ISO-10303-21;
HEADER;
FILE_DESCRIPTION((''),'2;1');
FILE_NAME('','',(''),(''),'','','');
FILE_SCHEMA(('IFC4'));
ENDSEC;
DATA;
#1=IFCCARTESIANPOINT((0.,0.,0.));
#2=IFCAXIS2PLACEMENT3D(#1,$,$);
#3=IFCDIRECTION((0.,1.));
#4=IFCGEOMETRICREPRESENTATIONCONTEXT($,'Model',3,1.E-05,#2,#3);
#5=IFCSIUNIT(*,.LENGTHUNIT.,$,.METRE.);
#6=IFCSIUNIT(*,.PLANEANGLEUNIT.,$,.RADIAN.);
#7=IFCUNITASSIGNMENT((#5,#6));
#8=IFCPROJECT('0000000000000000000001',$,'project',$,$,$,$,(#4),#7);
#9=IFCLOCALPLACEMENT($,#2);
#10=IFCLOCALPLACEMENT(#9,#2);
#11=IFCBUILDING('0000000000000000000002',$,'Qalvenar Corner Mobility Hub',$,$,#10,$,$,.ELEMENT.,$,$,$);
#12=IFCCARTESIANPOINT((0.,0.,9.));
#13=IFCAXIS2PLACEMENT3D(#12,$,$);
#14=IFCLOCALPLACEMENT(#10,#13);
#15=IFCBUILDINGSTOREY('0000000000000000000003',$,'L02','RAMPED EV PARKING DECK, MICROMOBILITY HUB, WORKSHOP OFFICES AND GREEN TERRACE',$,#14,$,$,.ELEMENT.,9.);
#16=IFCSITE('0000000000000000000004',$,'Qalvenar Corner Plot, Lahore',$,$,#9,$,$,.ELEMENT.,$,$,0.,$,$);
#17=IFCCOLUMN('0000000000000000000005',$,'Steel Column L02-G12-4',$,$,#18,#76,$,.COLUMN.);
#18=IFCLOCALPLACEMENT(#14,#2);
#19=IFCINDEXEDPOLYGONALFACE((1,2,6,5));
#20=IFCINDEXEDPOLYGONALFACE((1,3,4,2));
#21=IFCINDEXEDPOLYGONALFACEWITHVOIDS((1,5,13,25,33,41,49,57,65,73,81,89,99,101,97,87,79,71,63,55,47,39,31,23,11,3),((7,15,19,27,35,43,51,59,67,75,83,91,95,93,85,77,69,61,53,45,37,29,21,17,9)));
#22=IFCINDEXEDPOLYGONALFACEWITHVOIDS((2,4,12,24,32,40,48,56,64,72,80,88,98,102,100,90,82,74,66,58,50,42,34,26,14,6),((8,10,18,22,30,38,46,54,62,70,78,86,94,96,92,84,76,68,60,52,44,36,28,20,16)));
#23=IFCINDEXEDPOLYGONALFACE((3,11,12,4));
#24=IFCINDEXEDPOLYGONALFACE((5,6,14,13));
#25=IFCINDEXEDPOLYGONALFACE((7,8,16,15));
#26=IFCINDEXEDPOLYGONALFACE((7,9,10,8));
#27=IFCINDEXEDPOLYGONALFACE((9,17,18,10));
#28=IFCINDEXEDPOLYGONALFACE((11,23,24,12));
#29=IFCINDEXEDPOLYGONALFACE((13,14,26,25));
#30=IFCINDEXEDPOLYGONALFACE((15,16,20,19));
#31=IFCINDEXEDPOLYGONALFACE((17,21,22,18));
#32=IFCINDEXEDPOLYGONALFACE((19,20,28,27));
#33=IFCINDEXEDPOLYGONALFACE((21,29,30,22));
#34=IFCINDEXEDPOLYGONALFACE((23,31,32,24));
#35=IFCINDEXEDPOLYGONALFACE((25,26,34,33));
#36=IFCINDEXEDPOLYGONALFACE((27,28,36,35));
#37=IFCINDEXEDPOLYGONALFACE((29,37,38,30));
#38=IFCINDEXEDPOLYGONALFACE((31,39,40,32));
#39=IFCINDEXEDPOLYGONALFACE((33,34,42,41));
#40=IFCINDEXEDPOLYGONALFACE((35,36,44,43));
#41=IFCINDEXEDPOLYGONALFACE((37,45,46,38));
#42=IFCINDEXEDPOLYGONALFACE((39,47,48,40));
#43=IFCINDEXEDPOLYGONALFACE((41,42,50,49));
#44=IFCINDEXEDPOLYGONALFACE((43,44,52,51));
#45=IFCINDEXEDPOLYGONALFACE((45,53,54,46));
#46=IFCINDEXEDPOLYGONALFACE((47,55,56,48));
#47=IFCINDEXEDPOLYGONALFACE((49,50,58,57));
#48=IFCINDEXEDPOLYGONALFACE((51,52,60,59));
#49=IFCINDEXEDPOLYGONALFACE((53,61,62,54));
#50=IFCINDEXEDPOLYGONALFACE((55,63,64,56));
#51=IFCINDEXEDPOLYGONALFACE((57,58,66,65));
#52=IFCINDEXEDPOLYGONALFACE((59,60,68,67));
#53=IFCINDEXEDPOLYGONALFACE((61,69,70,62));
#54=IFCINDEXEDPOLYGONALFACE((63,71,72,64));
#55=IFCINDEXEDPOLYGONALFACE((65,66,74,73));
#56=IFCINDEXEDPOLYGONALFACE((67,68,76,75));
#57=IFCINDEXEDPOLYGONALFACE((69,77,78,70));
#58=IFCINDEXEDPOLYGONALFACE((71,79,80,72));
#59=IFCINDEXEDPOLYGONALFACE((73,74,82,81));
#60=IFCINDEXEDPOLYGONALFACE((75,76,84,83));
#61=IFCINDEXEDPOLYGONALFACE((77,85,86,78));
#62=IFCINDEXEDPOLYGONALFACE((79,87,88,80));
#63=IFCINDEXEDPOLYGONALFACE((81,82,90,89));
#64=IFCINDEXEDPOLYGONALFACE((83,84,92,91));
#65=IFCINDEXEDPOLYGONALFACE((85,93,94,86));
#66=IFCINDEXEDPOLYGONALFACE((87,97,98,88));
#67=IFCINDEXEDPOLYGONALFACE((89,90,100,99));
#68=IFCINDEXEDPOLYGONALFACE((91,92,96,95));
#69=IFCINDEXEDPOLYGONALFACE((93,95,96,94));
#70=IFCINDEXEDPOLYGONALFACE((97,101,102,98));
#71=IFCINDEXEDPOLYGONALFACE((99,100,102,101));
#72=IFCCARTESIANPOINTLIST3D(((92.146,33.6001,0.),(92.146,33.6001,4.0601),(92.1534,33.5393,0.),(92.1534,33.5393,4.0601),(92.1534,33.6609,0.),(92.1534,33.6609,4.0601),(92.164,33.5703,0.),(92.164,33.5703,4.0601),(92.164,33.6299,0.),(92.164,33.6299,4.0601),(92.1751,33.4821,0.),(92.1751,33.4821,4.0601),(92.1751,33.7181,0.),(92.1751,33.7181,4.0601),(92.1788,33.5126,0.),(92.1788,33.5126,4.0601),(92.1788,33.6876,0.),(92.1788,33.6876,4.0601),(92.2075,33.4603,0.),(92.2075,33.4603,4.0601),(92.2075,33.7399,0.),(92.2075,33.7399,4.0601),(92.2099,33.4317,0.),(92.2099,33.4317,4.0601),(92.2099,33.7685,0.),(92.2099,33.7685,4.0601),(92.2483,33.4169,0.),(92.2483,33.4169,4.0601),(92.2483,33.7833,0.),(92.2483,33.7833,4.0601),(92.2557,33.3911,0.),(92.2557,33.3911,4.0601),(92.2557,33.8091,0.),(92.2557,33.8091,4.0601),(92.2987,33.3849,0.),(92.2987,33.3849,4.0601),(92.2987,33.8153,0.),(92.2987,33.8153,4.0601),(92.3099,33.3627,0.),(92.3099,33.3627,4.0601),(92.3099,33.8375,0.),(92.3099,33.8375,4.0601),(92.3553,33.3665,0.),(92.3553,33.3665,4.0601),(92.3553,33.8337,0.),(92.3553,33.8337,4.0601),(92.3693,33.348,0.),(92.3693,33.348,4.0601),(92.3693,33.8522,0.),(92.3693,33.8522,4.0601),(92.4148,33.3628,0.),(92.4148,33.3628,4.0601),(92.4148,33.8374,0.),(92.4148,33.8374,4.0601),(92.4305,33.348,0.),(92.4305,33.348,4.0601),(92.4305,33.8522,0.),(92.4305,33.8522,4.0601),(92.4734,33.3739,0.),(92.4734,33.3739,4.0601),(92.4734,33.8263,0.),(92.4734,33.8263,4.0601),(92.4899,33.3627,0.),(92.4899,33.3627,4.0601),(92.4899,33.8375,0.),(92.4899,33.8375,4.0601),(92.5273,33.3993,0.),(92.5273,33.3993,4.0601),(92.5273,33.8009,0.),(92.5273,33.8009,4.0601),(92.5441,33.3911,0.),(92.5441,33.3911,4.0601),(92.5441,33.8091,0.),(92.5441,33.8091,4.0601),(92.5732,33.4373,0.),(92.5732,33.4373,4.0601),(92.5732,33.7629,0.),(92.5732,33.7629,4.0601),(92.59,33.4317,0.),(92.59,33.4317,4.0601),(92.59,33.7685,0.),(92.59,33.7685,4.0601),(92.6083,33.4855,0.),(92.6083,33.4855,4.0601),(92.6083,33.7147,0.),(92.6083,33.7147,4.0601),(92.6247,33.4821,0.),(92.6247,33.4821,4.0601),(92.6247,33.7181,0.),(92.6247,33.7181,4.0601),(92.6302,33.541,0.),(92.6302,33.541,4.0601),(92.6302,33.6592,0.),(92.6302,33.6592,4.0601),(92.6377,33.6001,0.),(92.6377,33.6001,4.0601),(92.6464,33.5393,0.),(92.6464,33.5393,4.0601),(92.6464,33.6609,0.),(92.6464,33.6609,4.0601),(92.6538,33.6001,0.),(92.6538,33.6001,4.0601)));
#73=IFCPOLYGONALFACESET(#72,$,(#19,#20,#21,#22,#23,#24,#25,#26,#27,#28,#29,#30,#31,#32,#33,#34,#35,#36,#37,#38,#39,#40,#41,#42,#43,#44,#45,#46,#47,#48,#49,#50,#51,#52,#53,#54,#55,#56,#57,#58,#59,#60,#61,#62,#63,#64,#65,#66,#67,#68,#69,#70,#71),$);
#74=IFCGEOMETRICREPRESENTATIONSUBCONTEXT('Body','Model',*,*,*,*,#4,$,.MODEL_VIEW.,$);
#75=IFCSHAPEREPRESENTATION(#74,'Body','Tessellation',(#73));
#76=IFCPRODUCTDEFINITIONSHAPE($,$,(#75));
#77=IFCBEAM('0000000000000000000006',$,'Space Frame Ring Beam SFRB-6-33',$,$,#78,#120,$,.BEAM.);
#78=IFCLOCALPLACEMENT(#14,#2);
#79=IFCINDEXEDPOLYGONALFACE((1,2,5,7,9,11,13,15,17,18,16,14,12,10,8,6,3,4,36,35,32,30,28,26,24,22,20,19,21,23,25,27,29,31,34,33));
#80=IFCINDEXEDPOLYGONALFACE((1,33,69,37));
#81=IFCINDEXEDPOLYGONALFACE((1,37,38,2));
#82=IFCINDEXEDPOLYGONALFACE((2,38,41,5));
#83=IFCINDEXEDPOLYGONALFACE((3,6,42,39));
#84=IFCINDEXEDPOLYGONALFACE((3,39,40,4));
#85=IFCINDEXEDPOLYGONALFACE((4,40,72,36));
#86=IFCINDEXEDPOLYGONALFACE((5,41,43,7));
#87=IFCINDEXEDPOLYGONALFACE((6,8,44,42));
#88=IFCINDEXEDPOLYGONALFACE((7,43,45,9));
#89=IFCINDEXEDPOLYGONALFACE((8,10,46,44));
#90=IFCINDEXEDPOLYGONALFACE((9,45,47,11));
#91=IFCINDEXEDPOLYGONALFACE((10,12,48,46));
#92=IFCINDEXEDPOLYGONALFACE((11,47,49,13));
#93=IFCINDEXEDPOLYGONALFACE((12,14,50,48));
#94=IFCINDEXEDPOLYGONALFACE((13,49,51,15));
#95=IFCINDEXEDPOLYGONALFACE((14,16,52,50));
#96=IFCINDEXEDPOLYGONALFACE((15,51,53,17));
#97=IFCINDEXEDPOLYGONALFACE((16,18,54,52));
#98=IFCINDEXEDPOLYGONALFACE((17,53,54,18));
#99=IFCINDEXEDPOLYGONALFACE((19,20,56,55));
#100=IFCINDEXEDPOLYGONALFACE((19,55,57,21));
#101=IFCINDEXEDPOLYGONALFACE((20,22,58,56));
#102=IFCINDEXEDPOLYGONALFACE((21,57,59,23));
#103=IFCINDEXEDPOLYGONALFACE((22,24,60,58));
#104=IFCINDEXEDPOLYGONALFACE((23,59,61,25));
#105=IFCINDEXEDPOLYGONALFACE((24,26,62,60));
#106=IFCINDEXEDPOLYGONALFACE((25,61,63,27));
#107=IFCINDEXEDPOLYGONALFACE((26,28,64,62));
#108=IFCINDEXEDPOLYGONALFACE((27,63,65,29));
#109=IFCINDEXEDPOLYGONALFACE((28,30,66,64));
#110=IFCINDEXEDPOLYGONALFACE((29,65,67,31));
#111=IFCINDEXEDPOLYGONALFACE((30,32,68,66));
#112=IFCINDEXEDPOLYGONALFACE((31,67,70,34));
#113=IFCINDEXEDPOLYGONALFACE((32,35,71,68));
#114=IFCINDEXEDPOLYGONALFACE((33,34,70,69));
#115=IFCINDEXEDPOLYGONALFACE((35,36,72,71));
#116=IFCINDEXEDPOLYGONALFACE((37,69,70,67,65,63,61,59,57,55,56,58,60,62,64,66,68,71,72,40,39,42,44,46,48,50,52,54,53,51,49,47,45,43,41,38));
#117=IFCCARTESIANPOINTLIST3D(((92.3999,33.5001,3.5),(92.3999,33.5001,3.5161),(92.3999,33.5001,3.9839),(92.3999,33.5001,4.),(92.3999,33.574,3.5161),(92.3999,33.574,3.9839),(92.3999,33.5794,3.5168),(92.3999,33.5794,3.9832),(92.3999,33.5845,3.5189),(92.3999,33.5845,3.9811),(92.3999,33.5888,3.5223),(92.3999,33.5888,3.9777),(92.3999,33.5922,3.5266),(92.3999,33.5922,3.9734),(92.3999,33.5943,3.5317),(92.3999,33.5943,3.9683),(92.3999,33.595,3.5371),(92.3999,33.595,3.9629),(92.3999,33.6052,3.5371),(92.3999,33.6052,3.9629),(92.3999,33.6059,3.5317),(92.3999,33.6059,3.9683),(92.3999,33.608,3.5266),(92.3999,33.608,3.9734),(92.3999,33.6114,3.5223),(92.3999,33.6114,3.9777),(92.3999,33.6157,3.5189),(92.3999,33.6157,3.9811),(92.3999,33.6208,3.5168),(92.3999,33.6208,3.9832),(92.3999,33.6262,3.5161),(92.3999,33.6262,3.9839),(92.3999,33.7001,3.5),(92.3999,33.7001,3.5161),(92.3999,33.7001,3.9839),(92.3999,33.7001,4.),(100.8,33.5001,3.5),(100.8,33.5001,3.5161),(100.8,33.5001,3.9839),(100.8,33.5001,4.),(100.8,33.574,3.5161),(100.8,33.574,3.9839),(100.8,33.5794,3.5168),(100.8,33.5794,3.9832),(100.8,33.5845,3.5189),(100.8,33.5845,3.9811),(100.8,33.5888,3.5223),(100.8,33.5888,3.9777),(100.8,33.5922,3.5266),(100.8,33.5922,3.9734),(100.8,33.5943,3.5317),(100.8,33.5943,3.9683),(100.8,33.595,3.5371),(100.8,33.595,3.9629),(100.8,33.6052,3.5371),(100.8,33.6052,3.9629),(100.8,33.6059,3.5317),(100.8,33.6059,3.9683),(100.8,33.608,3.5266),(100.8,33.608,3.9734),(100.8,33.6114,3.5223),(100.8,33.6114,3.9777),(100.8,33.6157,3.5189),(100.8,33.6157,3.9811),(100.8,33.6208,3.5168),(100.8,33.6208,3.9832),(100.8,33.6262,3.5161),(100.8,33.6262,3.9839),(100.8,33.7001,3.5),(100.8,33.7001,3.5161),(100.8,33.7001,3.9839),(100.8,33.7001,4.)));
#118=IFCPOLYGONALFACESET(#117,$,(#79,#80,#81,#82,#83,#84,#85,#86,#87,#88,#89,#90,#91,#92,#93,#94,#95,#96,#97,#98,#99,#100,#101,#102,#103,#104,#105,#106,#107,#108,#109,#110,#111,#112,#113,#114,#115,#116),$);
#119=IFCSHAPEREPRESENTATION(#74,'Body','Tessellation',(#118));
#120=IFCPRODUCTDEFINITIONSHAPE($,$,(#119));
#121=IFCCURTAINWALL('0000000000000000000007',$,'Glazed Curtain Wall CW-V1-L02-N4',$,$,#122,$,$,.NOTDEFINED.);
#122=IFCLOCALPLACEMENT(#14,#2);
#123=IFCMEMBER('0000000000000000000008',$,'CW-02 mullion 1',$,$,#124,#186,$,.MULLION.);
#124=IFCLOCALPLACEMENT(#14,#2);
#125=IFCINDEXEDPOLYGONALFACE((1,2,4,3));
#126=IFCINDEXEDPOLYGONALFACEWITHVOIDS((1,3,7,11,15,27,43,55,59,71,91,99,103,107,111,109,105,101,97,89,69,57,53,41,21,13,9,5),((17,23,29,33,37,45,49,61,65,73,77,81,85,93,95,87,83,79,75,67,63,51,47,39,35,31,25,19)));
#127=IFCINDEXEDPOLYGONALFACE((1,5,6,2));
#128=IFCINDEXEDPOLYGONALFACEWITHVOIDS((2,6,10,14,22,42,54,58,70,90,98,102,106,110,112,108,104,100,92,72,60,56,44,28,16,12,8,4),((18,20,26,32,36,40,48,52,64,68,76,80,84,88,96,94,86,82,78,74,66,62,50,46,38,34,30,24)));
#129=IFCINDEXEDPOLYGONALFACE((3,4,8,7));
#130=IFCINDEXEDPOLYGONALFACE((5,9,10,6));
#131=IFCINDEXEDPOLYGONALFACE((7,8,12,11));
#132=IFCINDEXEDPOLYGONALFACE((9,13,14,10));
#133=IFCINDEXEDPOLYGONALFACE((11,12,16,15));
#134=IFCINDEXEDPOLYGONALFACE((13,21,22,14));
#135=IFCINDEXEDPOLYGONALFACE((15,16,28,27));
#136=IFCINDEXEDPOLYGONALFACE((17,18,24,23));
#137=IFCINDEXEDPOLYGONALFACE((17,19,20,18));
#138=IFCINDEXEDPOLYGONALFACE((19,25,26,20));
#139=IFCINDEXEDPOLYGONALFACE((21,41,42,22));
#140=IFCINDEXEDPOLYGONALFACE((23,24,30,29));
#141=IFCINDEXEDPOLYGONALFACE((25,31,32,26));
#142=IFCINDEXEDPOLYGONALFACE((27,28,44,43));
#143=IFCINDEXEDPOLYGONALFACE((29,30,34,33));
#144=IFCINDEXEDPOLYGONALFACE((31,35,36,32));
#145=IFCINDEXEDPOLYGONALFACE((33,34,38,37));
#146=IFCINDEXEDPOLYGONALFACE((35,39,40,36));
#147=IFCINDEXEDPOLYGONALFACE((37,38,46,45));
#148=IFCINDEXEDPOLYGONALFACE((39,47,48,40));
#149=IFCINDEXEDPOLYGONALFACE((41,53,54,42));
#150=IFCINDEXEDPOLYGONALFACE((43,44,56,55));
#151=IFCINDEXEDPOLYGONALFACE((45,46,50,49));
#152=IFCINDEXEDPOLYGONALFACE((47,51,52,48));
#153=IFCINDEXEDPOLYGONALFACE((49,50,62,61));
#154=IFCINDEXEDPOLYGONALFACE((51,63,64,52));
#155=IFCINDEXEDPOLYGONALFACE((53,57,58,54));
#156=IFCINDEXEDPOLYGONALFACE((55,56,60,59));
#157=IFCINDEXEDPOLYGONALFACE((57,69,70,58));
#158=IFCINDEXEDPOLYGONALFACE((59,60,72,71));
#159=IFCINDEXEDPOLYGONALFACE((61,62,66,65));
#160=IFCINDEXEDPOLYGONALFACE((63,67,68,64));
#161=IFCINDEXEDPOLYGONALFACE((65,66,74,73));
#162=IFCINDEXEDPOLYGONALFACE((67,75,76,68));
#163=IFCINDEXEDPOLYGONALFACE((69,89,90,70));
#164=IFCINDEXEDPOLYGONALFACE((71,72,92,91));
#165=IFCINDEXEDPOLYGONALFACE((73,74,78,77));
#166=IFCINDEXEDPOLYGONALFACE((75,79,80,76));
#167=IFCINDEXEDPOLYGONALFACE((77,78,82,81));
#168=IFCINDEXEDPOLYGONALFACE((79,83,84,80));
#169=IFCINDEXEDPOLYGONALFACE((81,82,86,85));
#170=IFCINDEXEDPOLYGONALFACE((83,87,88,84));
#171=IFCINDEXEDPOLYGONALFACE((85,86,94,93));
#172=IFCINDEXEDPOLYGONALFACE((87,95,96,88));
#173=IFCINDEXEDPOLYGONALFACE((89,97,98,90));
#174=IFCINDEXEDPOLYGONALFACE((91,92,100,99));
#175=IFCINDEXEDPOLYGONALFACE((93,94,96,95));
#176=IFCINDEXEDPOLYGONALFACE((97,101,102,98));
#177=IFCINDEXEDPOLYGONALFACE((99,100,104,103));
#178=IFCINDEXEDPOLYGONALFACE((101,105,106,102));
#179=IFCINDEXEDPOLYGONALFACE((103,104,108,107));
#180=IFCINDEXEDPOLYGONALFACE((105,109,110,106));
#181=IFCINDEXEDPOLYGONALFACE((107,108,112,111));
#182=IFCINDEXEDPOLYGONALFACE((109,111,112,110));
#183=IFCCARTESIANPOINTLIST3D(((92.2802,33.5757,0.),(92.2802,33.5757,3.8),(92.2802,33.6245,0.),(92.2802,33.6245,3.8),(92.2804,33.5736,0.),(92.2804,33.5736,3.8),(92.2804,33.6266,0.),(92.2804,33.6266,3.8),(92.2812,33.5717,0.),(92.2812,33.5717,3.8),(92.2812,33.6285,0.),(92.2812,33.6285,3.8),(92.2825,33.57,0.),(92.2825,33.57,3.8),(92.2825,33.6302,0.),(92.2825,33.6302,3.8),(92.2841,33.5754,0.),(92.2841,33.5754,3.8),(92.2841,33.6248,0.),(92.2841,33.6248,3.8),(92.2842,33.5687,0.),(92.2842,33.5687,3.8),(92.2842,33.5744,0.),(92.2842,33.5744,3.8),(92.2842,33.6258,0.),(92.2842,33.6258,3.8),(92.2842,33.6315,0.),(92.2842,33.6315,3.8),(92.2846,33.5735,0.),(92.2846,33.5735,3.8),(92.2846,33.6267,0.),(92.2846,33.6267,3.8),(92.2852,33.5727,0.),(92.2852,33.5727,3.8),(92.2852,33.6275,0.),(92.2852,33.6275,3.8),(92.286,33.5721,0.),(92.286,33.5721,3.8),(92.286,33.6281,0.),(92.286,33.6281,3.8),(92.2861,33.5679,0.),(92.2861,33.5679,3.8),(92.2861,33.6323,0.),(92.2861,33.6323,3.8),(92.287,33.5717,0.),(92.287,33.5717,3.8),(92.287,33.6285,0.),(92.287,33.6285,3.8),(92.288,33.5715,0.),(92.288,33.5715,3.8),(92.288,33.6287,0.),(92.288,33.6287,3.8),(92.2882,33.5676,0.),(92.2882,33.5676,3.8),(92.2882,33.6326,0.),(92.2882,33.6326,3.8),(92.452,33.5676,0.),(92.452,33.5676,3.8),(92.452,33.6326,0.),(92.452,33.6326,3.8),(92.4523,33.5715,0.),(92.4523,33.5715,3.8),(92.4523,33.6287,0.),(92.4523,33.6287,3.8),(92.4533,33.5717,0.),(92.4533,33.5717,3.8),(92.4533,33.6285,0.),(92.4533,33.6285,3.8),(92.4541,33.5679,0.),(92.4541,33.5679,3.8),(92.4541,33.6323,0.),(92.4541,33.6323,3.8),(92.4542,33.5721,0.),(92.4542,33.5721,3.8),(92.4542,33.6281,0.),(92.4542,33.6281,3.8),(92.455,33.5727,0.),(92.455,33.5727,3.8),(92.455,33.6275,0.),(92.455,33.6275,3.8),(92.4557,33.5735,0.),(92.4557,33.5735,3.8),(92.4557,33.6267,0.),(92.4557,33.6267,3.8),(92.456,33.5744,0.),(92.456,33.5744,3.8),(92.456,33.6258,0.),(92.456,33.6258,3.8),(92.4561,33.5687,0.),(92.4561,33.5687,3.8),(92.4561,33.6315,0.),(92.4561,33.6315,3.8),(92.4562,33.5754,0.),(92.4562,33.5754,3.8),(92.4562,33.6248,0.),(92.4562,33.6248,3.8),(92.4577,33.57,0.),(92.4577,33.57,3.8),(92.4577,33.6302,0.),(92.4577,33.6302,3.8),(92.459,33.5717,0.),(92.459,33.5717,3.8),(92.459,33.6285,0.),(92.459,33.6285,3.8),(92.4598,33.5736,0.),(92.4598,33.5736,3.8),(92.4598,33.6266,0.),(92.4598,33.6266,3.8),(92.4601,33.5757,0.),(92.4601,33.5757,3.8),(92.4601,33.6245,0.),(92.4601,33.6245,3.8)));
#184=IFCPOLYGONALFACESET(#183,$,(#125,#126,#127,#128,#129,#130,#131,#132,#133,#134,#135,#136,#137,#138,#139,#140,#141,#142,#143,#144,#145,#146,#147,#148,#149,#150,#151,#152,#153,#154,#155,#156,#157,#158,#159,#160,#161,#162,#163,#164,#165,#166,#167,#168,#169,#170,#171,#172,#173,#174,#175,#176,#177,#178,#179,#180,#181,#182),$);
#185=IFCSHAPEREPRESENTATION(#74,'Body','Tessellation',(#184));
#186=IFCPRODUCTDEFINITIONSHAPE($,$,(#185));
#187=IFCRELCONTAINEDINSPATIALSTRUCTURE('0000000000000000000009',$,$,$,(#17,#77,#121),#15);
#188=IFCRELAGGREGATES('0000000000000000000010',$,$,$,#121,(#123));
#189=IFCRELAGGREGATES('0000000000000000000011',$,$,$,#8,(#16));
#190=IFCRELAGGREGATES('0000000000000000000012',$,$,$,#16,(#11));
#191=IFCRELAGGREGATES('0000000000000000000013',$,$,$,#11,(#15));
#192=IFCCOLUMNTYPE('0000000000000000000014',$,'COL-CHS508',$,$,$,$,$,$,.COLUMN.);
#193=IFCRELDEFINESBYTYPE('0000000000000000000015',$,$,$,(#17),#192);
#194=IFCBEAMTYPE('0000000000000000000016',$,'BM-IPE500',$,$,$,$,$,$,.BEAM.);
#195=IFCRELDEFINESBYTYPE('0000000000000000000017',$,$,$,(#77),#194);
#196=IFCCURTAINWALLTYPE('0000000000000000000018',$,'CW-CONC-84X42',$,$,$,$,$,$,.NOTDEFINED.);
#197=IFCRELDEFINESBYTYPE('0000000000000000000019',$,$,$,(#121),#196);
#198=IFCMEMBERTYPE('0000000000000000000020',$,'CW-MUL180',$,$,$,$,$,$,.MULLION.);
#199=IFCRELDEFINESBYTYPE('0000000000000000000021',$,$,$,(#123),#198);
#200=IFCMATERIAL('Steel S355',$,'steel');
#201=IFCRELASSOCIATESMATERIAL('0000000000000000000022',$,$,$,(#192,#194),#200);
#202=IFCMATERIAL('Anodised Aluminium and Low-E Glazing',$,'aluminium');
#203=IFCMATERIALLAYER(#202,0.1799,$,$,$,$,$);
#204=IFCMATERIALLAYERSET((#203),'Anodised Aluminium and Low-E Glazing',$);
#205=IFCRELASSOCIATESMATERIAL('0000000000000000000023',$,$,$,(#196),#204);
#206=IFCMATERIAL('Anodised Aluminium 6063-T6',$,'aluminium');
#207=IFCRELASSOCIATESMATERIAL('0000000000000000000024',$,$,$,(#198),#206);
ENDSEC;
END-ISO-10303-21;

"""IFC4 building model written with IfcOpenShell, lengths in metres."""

from ifc_helpers import new_model, si_unit, direction, frame, origin, origin_2d, place, context, subcontext, project, spatial, hollow_rectangle, hollow_circle, i_section, extrude, material, layer, layer_set, material_profile, profile_set, type_object, element, aggregate, save


model = new_model("IFC4")

# Units and contexts
model_context = context("Model", 3, precision=1e-05, world=origin(), true_north=direction((0.0, 1.0)))
body_context = subcontext(model_context, "Body", "Model", "MODEL_VIEW")
ifc_project = project(units=[si_unit("LENGTHUNIT", "METRE"), si_unit("PLANEANGLEUNIT", "RADIAN")], contexts=[model_context])

# Site, building, storey
site_placement = place(None, origin())
site = spatial("IfcSite", under=ifc_project, at=site_placement, Name="Qalvenar Corner Plot, Lahore", CompositionType="ELEMENT", RefElevation=0.0)
building_placement = place(site_placement, origin())
building = spatial("IfcBuilding", under=site, at=building_placement, Name="Qalvenar Corner Mobility Hub", CompositionType="ELEMENT")
storey_placement = place(building_placement, frame((0.0, 0.0, 9.0)))
storey = spatial("IfcBuildingStorey", under=building, at=storey_placement, Name="L02", Description="RAMPED EV PARKING DECK, MICROMOBILITY HUB, WORKSHOP OFFICES AND GREEN TERRACE", CompositionType="ELEMENT", Elevation=9.0)

# Column
ifc_material_1 = material(Name="Steel S355", Category="steel")
ifc_material_profile_1 = material_profile(ifc_material_1, hollow_circle(Radius=0.2539, WallThickness=0.0161, at=origin_2d()), Name="CHS508x16")
ifc_profile_set_1 = profile_set([ifc_material_profile_1], Name="Steel S355")
column_type = type_object("IfcColumnType", Name="COL-CHS508", PredefinedType="COLUMN", material=ifc_profile_set_1)
column_placement = place(storey_placement, frame((92.3999, 33.6001, 0.0), z_axis=(0.0, 0.0, 1.0), x_axis=(1.0, 0.0, 0.0)))
element("IfcColumn", 1, at=column_placement, inside=storey, type_object=column_type, Name="Steel Column L02-G12-4", PredefinedType="COLUMN", context=body_context, shape_type="SweptSolid", body=[
    extrude(hollow_circle(Radius=0.2539, WallThickness=0.0161, at=origin_2d()), origin(), (0.0, 0.0, 1.0), 4.0601),
])

# Beam
ifc_material_profile_2 = material_profile(ifc_material_1, i_section(OverallWidth=0.2, OverallDepth=0.5, WebThickness=0.0103, FlangeThickness=0.0161, FilletRadius=0.021, at=origin_2d()), Name="IPE500")
ifc_profile_set_2 = profile_set([ifc_material_profile_2], Name="Steel S355")
beam_type = type_object("IfcBeamType", Name="BM-IPE500", PredefinedType="BEAM", material=ifc_profile_set_2)
beam_placement = place(storey_placement, frame((92.3999, 33.6001, 3.75), z_axis=(1.0, 0.0, 0.0), x_axis=(0.0, 1.0, 0.0)))
element("IfcBeam", 2, at=beam_placement, inside=storey, type_object=beam_type, Name="Space Frame Ring Beam SFRB-6-33", PredefinedType="BEAM", context=body_context, shape_type="SweptSolid", body=[
    extrude(i_section(OverallWidth=0.2, OverallDepth=0.5, WebThickness=0.0103, FlangeThickness=0.0161, FilletRadius=0.021, at=origin_2d()), origin(), (0.0, 0.0, 1.0), 8.4001),
])

# Curtain wall, member
ifc_material_2 = material(Name="Anodised Aluminium and Low-E Glazing", Category="aluminium")
ifc_layer_1 = layer(ifc_material_2, 0.1799)
ifc_layer_set_1 = layer_set([ifc_layer_1], Name="Anodised Aluminium and Low-E Glazing")
curtain_wall_type = type_object("IfcCurtainWallType", Name="CW-CONC-84X42", PredefinedType="NOTDEFINED", material=ifc_layer_set_1)
curtain_wall_placement = place(storey_placement, origin())
curtain_wall = element("IfcCurtainWall", 3, at=curtain_wall_placement, inside=storey, type_object=curtain_wall_type, Name="Glazed Curtain Wall CW-V1-L02-N4", PredefinedType="NOTDEFINED")
ifc_material_3 = material(Name="Anodised Aluminium 6063-T6", Category="aluminium")
ifc_material_profile_3 = material_profile(ifc_material_3, hollow_rectangle(XDim=0.0649, YDim=0.1799, WallThickness=0.0039, InnerFilletRadius=0.0039, OuterFilletRadius=0.0081, at=origin_2d()), Name="RHS180x65x4")
ifc_profile_set_3 = profile_set([ifc_material_profile_3], Name="Anodised Aluminium 6063-T6")
member_type_1 = type_object("IfcMemberType", Name="CW-MUL180", PredefinedType="MULLION", material=ifc_profile_set_3)
member_1_placement = place(storey_placement, frame((92.3701, 33.6001, 0.0), z_axis=(0.0, 0.0, 1.0), x_axis=(0.0, -1.0, 0.0)))
member_1 = element("IfcMember", 4, at=member_1_placement, type_object=member_type_1, Name="CW-02 mullion 1", PredefinedType="MULLION", context=body_context, shape_type="SweptSolid", body=[
    extrude(hollow_rectangle(XDim=0.0649, YDim=0.1799, WallThickness=0.0039, InnerFilletRadius=0.0039, OuterFilletRadius=0.0081, at=origin_2d()), origin(), (0.0, 0.0, 1.0), 3.8),
])
aggregate(curtain_wall, [member_1])

save(model, "model.ifc")
